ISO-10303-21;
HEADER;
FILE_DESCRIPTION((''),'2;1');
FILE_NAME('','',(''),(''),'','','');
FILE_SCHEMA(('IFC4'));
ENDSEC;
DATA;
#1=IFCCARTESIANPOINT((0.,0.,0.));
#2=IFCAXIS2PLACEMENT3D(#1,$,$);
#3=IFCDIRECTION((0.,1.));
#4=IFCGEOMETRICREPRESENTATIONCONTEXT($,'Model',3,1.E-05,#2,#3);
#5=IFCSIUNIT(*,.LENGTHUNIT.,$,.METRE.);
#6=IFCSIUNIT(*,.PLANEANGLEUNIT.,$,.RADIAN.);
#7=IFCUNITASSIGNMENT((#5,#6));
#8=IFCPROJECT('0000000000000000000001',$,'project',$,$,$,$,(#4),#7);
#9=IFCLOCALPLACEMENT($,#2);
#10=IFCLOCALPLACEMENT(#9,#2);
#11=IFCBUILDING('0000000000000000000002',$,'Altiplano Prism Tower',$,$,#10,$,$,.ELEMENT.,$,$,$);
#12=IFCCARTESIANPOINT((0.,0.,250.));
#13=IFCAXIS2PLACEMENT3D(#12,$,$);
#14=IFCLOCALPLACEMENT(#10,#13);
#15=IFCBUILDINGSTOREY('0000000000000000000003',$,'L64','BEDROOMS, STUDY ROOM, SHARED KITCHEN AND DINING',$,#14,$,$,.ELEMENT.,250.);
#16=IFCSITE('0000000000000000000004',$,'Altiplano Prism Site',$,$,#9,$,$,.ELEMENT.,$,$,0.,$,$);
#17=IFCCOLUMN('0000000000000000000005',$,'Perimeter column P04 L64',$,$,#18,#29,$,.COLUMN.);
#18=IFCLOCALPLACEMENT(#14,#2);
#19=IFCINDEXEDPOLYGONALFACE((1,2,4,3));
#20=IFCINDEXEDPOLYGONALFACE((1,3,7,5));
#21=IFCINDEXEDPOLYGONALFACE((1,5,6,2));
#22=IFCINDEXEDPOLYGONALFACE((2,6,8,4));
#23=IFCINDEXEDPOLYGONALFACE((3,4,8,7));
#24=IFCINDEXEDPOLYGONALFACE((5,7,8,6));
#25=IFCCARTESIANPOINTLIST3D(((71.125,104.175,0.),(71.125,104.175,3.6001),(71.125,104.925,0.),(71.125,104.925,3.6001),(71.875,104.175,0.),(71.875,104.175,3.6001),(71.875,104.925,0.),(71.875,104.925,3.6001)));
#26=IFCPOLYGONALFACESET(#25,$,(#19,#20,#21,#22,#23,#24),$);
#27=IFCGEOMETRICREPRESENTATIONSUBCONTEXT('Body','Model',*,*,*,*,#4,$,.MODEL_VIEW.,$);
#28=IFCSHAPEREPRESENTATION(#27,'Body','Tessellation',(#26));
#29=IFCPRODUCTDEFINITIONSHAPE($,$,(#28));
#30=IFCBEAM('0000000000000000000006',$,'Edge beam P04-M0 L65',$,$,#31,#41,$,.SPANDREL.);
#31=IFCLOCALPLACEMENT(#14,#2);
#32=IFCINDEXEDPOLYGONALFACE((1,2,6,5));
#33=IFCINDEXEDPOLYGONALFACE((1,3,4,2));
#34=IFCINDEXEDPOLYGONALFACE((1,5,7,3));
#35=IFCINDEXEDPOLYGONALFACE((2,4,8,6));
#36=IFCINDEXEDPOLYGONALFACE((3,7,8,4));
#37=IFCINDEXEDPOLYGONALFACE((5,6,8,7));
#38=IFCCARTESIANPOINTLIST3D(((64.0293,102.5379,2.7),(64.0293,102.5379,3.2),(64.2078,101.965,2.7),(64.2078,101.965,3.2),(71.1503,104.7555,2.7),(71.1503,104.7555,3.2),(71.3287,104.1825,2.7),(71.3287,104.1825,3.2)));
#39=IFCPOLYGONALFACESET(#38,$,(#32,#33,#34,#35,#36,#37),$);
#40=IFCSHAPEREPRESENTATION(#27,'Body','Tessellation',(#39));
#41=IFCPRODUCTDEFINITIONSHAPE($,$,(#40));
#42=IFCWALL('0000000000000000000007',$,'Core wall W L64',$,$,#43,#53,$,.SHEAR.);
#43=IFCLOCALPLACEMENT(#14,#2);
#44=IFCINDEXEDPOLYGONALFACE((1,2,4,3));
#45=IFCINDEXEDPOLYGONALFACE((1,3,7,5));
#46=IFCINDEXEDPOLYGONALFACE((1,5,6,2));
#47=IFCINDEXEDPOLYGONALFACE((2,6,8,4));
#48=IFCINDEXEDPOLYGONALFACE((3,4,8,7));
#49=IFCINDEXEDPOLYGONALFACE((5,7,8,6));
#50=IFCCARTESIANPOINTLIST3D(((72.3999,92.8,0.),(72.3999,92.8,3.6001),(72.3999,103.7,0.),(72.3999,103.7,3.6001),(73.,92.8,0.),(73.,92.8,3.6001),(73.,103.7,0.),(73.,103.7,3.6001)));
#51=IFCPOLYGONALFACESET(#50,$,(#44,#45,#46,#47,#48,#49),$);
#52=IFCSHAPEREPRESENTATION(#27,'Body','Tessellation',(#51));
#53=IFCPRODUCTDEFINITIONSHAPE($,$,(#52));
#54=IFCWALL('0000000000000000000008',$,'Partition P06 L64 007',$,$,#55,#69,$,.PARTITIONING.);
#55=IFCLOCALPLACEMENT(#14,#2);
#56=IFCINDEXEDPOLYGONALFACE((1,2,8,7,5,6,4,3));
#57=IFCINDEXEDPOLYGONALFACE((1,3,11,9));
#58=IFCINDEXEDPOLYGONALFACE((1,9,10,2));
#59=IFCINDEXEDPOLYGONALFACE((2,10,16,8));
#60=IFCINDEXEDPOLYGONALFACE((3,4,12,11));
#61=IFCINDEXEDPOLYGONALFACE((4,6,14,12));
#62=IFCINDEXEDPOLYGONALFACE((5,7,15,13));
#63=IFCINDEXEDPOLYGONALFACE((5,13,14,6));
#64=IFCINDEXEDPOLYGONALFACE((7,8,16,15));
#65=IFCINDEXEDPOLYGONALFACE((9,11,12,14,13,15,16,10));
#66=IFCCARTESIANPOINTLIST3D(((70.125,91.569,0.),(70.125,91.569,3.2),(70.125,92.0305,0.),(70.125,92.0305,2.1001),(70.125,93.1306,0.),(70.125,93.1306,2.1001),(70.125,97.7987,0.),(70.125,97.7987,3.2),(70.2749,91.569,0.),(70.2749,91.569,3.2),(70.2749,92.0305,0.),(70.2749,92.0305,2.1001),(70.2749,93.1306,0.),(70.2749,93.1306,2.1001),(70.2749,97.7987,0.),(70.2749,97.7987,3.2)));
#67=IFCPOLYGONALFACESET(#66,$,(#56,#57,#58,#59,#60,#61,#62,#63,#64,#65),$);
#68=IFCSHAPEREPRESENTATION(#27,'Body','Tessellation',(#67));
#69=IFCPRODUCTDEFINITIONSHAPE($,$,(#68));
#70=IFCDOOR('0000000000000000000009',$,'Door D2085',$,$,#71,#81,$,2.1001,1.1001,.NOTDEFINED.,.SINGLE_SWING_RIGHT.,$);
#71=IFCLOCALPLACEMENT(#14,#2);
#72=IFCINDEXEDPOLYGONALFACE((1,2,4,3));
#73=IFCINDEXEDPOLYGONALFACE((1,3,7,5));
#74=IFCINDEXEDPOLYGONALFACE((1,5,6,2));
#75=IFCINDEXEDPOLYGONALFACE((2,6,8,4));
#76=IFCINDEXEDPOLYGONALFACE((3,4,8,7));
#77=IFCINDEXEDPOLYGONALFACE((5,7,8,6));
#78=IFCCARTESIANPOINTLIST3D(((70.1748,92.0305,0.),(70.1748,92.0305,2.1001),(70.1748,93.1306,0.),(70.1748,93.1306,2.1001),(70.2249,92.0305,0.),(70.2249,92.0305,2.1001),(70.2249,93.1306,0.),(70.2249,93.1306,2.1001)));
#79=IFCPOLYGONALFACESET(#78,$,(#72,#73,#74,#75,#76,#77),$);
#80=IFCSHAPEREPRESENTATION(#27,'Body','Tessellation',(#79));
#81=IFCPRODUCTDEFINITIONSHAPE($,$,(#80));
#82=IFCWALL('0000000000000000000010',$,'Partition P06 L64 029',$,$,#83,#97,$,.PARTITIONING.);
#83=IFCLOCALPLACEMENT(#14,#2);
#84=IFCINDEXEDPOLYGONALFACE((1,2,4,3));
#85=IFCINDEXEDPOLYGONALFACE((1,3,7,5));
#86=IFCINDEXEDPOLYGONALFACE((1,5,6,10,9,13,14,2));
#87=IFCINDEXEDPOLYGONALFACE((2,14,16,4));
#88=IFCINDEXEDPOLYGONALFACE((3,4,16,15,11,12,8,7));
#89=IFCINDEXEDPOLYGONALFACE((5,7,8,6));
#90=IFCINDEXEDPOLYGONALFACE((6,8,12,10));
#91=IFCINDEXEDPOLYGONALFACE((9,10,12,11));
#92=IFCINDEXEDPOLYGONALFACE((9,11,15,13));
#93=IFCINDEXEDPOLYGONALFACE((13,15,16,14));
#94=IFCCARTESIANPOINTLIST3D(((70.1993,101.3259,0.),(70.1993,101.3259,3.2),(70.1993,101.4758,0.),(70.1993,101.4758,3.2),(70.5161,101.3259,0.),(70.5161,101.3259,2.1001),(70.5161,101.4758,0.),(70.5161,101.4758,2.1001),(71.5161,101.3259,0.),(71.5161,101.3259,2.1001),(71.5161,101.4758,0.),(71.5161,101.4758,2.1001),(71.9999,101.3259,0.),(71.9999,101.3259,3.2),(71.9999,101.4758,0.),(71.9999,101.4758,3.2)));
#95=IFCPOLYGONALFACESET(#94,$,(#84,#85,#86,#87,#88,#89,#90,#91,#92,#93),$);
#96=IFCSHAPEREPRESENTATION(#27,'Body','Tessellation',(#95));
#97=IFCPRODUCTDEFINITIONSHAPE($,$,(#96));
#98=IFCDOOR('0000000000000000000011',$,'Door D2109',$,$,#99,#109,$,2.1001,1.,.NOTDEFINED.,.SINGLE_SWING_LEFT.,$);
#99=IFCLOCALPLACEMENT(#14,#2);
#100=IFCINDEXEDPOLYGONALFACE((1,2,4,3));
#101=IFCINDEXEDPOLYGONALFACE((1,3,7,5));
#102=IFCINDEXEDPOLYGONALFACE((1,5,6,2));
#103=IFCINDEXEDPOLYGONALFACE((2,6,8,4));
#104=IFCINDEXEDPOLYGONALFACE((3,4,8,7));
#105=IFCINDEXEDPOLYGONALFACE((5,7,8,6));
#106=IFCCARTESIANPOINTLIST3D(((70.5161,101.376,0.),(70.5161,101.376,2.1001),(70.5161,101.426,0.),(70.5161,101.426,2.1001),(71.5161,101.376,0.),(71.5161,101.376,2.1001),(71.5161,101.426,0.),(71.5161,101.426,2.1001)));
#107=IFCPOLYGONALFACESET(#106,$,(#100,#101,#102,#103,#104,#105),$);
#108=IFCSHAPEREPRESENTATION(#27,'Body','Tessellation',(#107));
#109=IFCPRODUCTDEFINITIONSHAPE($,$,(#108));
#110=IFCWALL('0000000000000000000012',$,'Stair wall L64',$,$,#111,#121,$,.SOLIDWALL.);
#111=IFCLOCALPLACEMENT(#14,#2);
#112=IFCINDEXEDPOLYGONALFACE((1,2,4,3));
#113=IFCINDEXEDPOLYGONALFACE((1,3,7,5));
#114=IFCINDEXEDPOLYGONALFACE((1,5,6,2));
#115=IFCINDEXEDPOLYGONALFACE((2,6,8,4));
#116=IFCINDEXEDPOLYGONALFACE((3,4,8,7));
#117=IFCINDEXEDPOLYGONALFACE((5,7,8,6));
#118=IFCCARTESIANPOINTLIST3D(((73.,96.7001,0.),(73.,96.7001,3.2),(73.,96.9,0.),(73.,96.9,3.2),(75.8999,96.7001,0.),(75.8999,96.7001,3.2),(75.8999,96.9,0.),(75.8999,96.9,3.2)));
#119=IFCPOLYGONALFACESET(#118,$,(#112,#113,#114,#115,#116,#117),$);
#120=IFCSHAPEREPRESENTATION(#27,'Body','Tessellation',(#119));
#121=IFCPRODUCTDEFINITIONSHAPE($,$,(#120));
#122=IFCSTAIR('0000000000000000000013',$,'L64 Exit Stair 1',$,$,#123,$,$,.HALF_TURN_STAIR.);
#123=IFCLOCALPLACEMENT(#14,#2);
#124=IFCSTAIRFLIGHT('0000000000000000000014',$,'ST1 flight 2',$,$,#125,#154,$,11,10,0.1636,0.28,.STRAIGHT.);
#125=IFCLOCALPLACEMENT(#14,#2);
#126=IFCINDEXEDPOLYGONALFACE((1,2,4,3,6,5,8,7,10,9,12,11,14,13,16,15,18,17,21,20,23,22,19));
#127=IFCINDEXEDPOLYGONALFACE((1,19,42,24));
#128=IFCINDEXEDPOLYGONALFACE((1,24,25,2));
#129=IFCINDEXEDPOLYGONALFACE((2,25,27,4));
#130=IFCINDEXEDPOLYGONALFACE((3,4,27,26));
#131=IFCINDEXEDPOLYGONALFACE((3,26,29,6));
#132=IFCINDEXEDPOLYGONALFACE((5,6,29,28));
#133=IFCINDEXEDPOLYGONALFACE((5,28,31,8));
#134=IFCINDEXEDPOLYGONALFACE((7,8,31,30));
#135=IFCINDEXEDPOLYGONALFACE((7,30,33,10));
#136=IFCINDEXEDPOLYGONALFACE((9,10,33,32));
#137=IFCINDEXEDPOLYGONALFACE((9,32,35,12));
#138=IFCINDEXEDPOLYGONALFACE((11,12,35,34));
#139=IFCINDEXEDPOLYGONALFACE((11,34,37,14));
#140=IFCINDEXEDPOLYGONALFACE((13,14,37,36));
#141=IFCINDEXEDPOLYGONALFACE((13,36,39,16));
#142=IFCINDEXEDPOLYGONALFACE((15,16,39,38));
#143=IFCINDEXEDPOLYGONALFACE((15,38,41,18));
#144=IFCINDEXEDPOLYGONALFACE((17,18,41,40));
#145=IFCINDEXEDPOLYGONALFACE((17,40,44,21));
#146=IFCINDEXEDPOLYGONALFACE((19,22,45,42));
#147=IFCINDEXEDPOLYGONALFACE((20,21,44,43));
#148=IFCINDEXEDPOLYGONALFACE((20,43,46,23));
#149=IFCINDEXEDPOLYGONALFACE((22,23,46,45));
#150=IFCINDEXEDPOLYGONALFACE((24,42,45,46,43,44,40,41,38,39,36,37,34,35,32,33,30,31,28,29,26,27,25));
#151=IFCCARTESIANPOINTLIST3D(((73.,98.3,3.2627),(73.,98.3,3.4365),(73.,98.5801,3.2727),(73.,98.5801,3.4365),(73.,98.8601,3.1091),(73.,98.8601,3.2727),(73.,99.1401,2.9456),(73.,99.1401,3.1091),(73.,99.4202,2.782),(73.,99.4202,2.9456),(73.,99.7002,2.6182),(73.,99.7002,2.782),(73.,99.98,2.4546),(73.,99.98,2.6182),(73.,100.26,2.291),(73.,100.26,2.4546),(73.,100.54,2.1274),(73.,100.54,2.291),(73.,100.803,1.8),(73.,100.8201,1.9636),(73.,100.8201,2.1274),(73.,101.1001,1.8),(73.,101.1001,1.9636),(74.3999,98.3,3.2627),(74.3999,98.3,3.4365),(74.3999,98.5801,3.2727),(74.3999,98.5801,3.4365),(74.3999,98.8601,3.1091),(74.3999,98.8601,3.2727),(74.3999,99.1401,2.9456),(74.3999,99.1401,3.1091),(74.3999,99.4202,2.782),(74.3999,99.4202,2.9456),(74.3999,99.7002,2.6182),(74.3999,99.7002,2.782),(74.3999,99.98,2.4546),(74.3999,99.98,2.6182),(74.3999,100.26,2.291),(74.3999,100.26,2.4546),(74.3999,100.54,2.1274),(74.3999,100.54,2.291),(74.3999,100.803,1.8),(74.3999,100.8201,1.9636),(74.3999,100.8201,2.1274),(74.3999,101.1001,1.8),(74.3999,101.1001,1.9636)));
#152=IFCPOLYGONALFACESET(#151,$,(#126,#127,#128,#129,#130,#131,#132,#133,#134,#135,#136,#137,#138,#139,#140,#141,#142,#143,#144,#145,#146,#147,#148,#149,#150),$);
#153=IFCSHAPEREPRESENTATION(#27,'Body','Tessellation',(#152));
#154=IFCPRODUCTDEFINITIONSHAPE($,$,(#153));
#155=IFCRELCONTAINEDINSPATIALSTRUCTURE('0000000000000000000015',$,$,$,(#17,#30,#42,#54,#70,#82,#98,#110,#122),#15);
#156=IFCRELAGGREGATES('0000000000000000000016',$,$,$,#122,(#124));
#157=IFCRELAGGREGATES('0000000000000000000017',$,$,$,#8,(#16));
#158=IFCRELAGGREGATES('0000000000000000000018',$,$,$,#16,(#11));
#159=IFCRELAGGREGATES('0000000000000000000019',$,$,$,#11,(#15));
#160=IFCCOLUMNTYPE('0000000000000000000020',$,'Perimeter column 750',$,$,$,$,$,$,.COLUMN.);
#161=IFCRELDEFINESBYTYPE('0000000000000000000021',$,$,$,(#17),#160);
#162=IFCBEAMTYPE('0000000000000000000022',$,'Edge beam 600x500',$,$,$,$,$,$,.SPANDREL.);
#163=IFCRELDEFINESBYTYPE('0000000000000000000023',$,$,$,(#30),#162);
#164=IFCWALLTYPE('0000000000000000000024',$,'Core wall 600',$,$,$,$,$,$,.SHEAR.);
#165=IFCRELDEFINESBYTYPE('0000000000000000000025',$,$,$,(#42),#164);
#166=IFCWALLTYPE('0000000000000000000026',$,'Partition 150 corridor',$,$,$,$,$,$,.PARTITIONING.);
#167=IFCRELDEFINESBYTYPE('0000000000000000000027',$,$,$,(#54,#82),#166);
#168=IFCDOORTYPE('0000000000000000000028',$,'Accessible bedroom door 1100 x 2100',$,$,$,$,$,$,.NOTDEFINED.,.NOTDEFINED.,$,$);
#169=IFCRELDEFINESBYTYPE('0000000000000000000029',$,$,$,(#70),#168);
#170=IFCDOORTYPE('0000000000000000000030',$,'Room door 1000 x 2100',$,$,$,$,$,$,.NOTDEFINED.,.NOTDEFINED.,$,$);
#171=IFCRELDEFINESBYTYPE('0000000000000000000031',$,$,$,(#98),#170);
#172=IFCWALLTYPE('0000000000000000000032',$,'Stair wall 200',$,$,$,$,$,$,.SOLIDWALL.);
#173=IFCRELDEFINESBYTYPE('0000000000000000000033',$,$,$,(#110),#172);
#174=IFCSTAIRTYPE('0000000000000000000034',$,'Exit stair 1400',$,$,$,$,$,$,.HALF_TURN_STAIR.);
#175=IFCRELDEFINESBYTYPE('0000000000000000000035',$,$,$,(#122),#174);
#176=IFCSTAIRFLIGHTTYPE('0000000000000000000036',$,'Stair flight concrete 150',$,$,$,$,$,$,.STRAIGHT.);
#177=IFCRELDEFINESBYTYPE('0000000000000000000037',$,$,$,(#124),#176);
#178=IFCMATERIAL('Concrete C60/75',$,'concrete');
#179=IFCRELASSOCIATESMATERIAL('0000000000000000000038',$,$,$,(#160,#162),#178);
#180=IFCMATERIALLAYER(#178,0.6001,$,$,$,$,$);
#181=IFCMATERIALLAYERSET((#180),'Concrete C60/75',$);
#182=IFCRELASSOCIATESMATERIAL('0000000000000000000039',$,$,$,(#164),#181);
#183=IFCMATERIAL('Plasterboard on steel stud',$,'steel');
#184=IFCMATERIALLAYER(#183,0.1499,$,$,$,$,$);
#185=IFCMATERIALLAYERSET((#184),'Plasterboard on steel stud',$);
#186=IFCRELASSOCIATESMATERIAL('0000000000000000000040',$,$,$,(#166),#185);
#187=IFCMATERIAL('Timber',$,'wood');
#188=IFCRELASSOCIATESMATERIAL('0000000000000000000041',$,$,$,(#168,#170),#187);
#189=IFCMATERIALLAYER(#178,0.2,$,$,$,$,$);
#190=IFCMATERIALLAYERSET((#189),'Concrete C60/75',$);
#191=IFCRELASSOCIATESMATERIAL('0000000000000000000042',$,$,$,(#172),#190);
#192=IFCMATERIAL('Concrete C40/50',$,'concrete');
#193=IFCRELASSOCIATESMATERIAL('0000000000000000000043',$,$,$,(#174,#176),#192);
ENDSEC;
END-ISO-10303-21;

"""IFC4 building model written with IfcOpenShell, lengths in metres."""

from ifc_helpers import new_model, si_unit, direction, frame, frame_2d, origin, origin_2d, place, context, subcontext, project, spatial, polyline, rectangle, outline, extrude, material, layer, layer_set, material_profile, profile_set, type_object, element, fill, aggregate, save


model = new_model("IFC4")

# Units and contexts
model_context = context("Model", 3, precision=1e-05, world=origin(), true_north=direction((0.0, 1.0)))
body_context = subcontext(model_context, "Body", "Model", "MODEL_VIEW")
ifc_project = project(units=[si_unit("LENGTHUNIT", "METRE"), si_unit("PLANEANGLEUNIT", "RADIAN")], contexts=[model_context])

# Site, building, storey
site_placement = place(None, origin())
site = spatial("IfcSite", under=ifc_project, at=site_placement, Name="Altiplano Prism Site", CompositionType="ELEMENT", RefElevation=0.0)
building_placement = place(site_placement, origin())
building = spatial("IfcBuilding", under=site, at=building_placement, Name="Altiplano Prism Tower", CompositionType="ELEMENT")
storey_placement = place(building_placement, frame((0.0, 0.0, 250.0)))
storey = spatial("IfcBuildingStorey", under=building, at=storey_placement, Name="L64", Description="BEDROOMS, STUDY ROOM, SHARED KITCHEN AND DINING", CompositionType="ELEMENT", Elevation=250.0)

# Column
ifc_material_1 = material(Name="Concrete C60/75", Category="concrete")
ifc_material_profile_1 = material_profile(ifc_material_1, rectangle(XDim=0.75, YDim=0.75, at=origin_2d()), Name="Perimeter column 750")
ifc_profile_set_1 = profile_set([ifc_material_profile_1], Name="Concrete C60/75")
column_type = type_object("IfcColumnType", Name="Perimeter column 750", PredefinedType="COLUMN", material=ifc_profile_set_1)
column_placement = place(storey_placement, frame((71.5, 104.55, 0.0), z_axis=(0.0, 0.0, 1.0), x_axis=(1.0, 0.0, 0.0)))
element("IfcColumn", 1, at=column_placement, inside=storey, type_object=column_type, Name="Perimeter column P04 L64", PredefinedType="COLUMN", context=body_context, shape_type="SweptSolid", body=[
    extrude(rectangle(XDim=0.75, YDim=0.75, at=origin_2d()), origin(), (0.0, 0.0, 1.0), 3.6001),
])

# Beam
ifc_material_profile_2 = material_profile(ifc_material_1, rectangle(XDim=0.6001, YDim=0.5, at=origin_2d()), Name="Edge beam 600x500")
ifc_profile_set_2 = profile_set([ifc_material_profile_2], Name="Concrete C60/75")
beam_type = type_object("IfcBeamType", Name="Edge beam 600x500", PredefinedType="SPANDREL", material=ifc_profile_set_2)
beam_placement = place(storey_placement, frame((71.2395, 104.469, 2.95), z_axis=(-0.954775, -0.29733, 0.0), x_axis=(0.29733, -0.954775, 0.0)))
element("IfcBeam", 2, at=beam_placement, inside=storey, type_object=beam_type, Name="Edge beam P04-M0 L65", PredefinedType="SPANDREL", context=body_context, shape_type="SweptSolid", body=[
    extrude(rectangle(XDim=0.6001, YDim=0.5, at=origin_2d()), origin(), (0.0, 0.0, 1.0), 7.4583),
])

# Wall
ifc_layer_1 = layer(ifc_material_1, 0.6001)
ifc_layer_set_1 = layer_set([ifc_layer_1], Name="Concrete C60/75")
wall_type_1 = type_object("IfcWallType", Name="Core wall 600", PredefinedType="SHEAR", material=ifc_layer_set_1)
wall_1_placement = place(storey_placement, frame((72.7, 103.7, 0.0), z_axis=(0.0, 0.0, 1.0), x_axis=(0.0, -1.0, 0.0)))
element("IfcWall", 3, at=wall_1_placement, inside=storey, type_object=wall_type_1, Name="Core wall W L64", PredefinedType="SHEAR", context=body_context, shape_type="SweptSolid", body=[
    extrude(rectangle(XDim=10.8999, YDim=0.6001, at=frame_2d((5.45, 0.0))), origin(), (0.0, 0.0, 1.0), 3.6001),
])

# Walls, openings, doors
ifc_material_2 = material(Name="Plasterboard on steel stud", Category="steel")
ifc_layer_2 = layer(ifc_material_2, 0.1499)
ifc_layer_set_2 = layer_set([ifc_layer_2], Name="Plasterboard on steel stud")
wall_type_2 = type_object("IfcWallType", Name="Partition 150 corridor", PredefinedType="PARTITIONING", material=ifc_layer_set_2)
wall_2_placement = place(storey_placement, frame((70.2, 97.7986, 0.0), z_axis=(0.0, 0.0, 1.0), x_axis=(0.0, -1.0, 0.0)))
wall_2 = element("IfcWall", 4, at=wall_2_placement, inside=storey, type_object=wall_type_2, Name="Partition P06 L64 007", PredefinedType="PARTITIONING", context=body_context, shape_type="SweptSolid", body=[
    extrude(rectangle(XDim=6.2297, YDim=0.1499, at=frame_2d((3.1147, 0.0))), origin(), (0.0, 0.0, 1.0), 3.2),
])
opening_1_placement = place(wall_2_placement, frame((4.668, 0.0, 0.0)))
opening_1 = element("IfcOpeningElement", 5, at=opening_1_placement, cuts=wall_2, PredefinedType="OPENING", context=body_context, shape_type="SweptSolid", body=[
    extrude(rectangle(XDim=1.1001, YDim=2.1001, at=frame_2d((0.55, 1.05))), frame((0.0, 0.0854, 0.0), z_axis=(0.0, -1.0, 0.0), x_axis=(1.0, 0.0, 0.0)), (0.0, 0.0, 1.0), 0.1709),
])
ifc_material_3 = material(Name="Timber", Category="wood")
door_type_1 = type_object("IfcDoorType", Name="Accessible bedroom door 1100 x 2100", OperationType="NOTDEFINED", PredefinedType="NOTDEFINED", material=ifc_material_3)
door_1_placement = place(opening_1_placement, origin())
door_1 = element("IfcDoor", 6, at=door_1_placement, inside=storey, type_object=door_type_1, Name="Door D2085", OperationType="SINGLE_SWING_RIGHT", OverallHeight=2.1001, OverallWidth=1.1001, PredefinedType="NOTDEFINED", context=body_context, shape_type="SweptSolid", body=[
    extrude(rectangle(XDim=1.1001, YDim=2.1001, at=frame_2d((0.55, 1.05))), frame((0.0, 0.0249, 0.0), z_axis=(0.0, -1.0, 0.0), x_axis=(1.0, 0.0, 0.0)), (0.0, 0.0, 1.0), 0.05),
])
fill(opening_1, door_1)
wall_3_placement = place(storey_placement, frame((72.0, 101.4009, 0.0), z_axis=(0.0, 0.0, 1.0), x_axis=(-1.0, 0.0, 0.0)))
wall_3 = element("IfcWall", 7, at=wall_3_placement, inside=storey, type_object=wall_type_2, Name="Partition P06 L64 029", PredefinedType="PARTITIONING", context=body_context, shape_type="SweptSolid", body=[
    extrude(rectangle(XDim=1.8005, YDim=0.1499, at=frame_2d((0.9004, 0.0))), origin(), (0.0, 0.0, 1.0), 3.2),
])
opening_2_placement = place(wall_3_placement, frame((0.4839, 0.0, 0.0)))
opening_2 = element("IfcOpeningElement", 8, at=opening_2_placement, cuts=wall_3, PredefinedType="OPENING", context=body_context, shape_type="SweptSolid", body=[
    extrude(rectangle(XDim=1.0, YDim=2.1001, at=frame_2d((0.5, 1.05))), frame((0.0, 0.0854, 0.0), z_axis=(0.0, -1.0, 0.0), x_axis=(1.0, 0.0, 0.0)), (0.0, 0.0, 1.0), 0.1709),
])
door_type_2 = type_object("IfcDoorType", Name="Room door 1000 x 2100", OperationType="NOTDEFINED", PredefinedType="NOTDEFINED", material=ifc_material_3)
door_2_placement = place(opening_2_placement, origin())
door_2 = element("IfcDoor", 9, at=door_2_placement, inside=storey, type_object=door_type_2, Name="Door D2109", OperationType="SINGLE_SWING_LEFT", OverallHeight=2.1001, OverallWidth=1.0, PredefinedType="NOTDEFINED", context=body_context, shape_type="SweptSolid", body=[
    extrude(rectangle(XDim=1.0, YDim=2.1001, at=frame_2d((0.5, 1.05))), frame((0.0, 0.0249, 0.0), z_axis=(0.0, -1.0, 0.0), x_axis=(1.0, 0.0, 0.0)), (0.0, 0.0, 1.0), 0.05),
])
fill(opening_2, door_2)

# Wall
ifc_layer_3 = layer(ifc_material_1, 0.2)
ifc_layer_set_3 = layer_set([ifc_layer_3], Name="Concrete C60/75")
wall_type_3 = type_object("IfcWallType", Name="Stair wall 200", PredefinedType="SOLIDWALL", material=ifc_layer_set_3)
wall_4_placement = place(storey_placement, frame((73.0, 96.8, 0.0), z_axis=(0.0, 0.0, 1.0), x_axis=(1.0, 0.0, 0.0)))
element("IfcWall", 10, at=wall_4_placement, inside=storey, type_object=wall_type_3, Name="Stair wall L64", PredefinedType="SOLIDWALL", context=body_context, shape_type="SweptSolid", body=[
    extrude(rectangle(XDim=2.8999, YDim=0.2, at=frame_2d((1.45, 0.0))), origin(), (0.0, 0.0, 1.0), 3.2),
])

# Stair, stair flight
ifc_material_4 = material(Name="Concrete C40/50", Category="concrete")
stair_type = type_object("IfcStairType", Name="Exit stair 1400", PredefinedType="HALF_TURN_STAIR", material=ifc_material_4)
stair_placement = place(storey_placement, origin())
stair = element("IfcStair", 11, at=stair_placement, inside=storey, type_object=stair_type, Name="L64 Exit Stair 1", PredefinedType="HALF_TURN_STAIR")
stair_flight_type = type_object("IfcStairFlightType", Name="Stair flight concrete 150", PredefinedType="STRAIGHT", material=ifc_material_4)
stair_flight_placement = place(storey_placement, frame((73.7, 101.1001, 1.8), z_axis=(0.0, 0.0, 1.0), x_axis=(0.0, -1.0, 0.0)))
stair_flight = element("IfcStairFlight", 12, at=stair_flight_placement, type_object=stair_flight_type, Name="ST1 flight 2", NumberOfRisers=11, NumberOfTreads=10, PredefinedType="STRAIGHT", RiserHeight=0.1636, TreadLength=0.28, context=body_context, shape_type="SweptSolid", body=[
    extrude(outline(polyline([(0.0, 0.0), (0.0, 0.1636), (0.28, 0.1636), (0.28, 0.3274), (0.5601, 0.3274), (0.5601, 0.491), (0.8401, 0.491), (0.8401, 0.6545), (1.1201, 0.6545), (1.1201, 0.8181), (1.3999, 0.8181), (1.3999, 0.9819), (1.6799, 0.9819), (1.6799, 1.1455), (1.96, 1.1455), (1.96, 1.3091), (2.24, 1.3091), (2.24, 1.4727), (2.52, 1.4727), (2.52, 1.6365), (2.8, 1.6365), (2.8, 1.8), (2.8, 1.4626), (0.2971, 0.0), (0.0, 0.0)])), frame((0.0, 0.7, 0.0), z_axis=(0.0, -1.0, 0.0), x_axis=(1.0, 0.0, 0.0)), (0.0, 0.0, 1.0), 1.3999),
])
aggregate(stair, [stair_flight])

save(model, "model.ifc")
